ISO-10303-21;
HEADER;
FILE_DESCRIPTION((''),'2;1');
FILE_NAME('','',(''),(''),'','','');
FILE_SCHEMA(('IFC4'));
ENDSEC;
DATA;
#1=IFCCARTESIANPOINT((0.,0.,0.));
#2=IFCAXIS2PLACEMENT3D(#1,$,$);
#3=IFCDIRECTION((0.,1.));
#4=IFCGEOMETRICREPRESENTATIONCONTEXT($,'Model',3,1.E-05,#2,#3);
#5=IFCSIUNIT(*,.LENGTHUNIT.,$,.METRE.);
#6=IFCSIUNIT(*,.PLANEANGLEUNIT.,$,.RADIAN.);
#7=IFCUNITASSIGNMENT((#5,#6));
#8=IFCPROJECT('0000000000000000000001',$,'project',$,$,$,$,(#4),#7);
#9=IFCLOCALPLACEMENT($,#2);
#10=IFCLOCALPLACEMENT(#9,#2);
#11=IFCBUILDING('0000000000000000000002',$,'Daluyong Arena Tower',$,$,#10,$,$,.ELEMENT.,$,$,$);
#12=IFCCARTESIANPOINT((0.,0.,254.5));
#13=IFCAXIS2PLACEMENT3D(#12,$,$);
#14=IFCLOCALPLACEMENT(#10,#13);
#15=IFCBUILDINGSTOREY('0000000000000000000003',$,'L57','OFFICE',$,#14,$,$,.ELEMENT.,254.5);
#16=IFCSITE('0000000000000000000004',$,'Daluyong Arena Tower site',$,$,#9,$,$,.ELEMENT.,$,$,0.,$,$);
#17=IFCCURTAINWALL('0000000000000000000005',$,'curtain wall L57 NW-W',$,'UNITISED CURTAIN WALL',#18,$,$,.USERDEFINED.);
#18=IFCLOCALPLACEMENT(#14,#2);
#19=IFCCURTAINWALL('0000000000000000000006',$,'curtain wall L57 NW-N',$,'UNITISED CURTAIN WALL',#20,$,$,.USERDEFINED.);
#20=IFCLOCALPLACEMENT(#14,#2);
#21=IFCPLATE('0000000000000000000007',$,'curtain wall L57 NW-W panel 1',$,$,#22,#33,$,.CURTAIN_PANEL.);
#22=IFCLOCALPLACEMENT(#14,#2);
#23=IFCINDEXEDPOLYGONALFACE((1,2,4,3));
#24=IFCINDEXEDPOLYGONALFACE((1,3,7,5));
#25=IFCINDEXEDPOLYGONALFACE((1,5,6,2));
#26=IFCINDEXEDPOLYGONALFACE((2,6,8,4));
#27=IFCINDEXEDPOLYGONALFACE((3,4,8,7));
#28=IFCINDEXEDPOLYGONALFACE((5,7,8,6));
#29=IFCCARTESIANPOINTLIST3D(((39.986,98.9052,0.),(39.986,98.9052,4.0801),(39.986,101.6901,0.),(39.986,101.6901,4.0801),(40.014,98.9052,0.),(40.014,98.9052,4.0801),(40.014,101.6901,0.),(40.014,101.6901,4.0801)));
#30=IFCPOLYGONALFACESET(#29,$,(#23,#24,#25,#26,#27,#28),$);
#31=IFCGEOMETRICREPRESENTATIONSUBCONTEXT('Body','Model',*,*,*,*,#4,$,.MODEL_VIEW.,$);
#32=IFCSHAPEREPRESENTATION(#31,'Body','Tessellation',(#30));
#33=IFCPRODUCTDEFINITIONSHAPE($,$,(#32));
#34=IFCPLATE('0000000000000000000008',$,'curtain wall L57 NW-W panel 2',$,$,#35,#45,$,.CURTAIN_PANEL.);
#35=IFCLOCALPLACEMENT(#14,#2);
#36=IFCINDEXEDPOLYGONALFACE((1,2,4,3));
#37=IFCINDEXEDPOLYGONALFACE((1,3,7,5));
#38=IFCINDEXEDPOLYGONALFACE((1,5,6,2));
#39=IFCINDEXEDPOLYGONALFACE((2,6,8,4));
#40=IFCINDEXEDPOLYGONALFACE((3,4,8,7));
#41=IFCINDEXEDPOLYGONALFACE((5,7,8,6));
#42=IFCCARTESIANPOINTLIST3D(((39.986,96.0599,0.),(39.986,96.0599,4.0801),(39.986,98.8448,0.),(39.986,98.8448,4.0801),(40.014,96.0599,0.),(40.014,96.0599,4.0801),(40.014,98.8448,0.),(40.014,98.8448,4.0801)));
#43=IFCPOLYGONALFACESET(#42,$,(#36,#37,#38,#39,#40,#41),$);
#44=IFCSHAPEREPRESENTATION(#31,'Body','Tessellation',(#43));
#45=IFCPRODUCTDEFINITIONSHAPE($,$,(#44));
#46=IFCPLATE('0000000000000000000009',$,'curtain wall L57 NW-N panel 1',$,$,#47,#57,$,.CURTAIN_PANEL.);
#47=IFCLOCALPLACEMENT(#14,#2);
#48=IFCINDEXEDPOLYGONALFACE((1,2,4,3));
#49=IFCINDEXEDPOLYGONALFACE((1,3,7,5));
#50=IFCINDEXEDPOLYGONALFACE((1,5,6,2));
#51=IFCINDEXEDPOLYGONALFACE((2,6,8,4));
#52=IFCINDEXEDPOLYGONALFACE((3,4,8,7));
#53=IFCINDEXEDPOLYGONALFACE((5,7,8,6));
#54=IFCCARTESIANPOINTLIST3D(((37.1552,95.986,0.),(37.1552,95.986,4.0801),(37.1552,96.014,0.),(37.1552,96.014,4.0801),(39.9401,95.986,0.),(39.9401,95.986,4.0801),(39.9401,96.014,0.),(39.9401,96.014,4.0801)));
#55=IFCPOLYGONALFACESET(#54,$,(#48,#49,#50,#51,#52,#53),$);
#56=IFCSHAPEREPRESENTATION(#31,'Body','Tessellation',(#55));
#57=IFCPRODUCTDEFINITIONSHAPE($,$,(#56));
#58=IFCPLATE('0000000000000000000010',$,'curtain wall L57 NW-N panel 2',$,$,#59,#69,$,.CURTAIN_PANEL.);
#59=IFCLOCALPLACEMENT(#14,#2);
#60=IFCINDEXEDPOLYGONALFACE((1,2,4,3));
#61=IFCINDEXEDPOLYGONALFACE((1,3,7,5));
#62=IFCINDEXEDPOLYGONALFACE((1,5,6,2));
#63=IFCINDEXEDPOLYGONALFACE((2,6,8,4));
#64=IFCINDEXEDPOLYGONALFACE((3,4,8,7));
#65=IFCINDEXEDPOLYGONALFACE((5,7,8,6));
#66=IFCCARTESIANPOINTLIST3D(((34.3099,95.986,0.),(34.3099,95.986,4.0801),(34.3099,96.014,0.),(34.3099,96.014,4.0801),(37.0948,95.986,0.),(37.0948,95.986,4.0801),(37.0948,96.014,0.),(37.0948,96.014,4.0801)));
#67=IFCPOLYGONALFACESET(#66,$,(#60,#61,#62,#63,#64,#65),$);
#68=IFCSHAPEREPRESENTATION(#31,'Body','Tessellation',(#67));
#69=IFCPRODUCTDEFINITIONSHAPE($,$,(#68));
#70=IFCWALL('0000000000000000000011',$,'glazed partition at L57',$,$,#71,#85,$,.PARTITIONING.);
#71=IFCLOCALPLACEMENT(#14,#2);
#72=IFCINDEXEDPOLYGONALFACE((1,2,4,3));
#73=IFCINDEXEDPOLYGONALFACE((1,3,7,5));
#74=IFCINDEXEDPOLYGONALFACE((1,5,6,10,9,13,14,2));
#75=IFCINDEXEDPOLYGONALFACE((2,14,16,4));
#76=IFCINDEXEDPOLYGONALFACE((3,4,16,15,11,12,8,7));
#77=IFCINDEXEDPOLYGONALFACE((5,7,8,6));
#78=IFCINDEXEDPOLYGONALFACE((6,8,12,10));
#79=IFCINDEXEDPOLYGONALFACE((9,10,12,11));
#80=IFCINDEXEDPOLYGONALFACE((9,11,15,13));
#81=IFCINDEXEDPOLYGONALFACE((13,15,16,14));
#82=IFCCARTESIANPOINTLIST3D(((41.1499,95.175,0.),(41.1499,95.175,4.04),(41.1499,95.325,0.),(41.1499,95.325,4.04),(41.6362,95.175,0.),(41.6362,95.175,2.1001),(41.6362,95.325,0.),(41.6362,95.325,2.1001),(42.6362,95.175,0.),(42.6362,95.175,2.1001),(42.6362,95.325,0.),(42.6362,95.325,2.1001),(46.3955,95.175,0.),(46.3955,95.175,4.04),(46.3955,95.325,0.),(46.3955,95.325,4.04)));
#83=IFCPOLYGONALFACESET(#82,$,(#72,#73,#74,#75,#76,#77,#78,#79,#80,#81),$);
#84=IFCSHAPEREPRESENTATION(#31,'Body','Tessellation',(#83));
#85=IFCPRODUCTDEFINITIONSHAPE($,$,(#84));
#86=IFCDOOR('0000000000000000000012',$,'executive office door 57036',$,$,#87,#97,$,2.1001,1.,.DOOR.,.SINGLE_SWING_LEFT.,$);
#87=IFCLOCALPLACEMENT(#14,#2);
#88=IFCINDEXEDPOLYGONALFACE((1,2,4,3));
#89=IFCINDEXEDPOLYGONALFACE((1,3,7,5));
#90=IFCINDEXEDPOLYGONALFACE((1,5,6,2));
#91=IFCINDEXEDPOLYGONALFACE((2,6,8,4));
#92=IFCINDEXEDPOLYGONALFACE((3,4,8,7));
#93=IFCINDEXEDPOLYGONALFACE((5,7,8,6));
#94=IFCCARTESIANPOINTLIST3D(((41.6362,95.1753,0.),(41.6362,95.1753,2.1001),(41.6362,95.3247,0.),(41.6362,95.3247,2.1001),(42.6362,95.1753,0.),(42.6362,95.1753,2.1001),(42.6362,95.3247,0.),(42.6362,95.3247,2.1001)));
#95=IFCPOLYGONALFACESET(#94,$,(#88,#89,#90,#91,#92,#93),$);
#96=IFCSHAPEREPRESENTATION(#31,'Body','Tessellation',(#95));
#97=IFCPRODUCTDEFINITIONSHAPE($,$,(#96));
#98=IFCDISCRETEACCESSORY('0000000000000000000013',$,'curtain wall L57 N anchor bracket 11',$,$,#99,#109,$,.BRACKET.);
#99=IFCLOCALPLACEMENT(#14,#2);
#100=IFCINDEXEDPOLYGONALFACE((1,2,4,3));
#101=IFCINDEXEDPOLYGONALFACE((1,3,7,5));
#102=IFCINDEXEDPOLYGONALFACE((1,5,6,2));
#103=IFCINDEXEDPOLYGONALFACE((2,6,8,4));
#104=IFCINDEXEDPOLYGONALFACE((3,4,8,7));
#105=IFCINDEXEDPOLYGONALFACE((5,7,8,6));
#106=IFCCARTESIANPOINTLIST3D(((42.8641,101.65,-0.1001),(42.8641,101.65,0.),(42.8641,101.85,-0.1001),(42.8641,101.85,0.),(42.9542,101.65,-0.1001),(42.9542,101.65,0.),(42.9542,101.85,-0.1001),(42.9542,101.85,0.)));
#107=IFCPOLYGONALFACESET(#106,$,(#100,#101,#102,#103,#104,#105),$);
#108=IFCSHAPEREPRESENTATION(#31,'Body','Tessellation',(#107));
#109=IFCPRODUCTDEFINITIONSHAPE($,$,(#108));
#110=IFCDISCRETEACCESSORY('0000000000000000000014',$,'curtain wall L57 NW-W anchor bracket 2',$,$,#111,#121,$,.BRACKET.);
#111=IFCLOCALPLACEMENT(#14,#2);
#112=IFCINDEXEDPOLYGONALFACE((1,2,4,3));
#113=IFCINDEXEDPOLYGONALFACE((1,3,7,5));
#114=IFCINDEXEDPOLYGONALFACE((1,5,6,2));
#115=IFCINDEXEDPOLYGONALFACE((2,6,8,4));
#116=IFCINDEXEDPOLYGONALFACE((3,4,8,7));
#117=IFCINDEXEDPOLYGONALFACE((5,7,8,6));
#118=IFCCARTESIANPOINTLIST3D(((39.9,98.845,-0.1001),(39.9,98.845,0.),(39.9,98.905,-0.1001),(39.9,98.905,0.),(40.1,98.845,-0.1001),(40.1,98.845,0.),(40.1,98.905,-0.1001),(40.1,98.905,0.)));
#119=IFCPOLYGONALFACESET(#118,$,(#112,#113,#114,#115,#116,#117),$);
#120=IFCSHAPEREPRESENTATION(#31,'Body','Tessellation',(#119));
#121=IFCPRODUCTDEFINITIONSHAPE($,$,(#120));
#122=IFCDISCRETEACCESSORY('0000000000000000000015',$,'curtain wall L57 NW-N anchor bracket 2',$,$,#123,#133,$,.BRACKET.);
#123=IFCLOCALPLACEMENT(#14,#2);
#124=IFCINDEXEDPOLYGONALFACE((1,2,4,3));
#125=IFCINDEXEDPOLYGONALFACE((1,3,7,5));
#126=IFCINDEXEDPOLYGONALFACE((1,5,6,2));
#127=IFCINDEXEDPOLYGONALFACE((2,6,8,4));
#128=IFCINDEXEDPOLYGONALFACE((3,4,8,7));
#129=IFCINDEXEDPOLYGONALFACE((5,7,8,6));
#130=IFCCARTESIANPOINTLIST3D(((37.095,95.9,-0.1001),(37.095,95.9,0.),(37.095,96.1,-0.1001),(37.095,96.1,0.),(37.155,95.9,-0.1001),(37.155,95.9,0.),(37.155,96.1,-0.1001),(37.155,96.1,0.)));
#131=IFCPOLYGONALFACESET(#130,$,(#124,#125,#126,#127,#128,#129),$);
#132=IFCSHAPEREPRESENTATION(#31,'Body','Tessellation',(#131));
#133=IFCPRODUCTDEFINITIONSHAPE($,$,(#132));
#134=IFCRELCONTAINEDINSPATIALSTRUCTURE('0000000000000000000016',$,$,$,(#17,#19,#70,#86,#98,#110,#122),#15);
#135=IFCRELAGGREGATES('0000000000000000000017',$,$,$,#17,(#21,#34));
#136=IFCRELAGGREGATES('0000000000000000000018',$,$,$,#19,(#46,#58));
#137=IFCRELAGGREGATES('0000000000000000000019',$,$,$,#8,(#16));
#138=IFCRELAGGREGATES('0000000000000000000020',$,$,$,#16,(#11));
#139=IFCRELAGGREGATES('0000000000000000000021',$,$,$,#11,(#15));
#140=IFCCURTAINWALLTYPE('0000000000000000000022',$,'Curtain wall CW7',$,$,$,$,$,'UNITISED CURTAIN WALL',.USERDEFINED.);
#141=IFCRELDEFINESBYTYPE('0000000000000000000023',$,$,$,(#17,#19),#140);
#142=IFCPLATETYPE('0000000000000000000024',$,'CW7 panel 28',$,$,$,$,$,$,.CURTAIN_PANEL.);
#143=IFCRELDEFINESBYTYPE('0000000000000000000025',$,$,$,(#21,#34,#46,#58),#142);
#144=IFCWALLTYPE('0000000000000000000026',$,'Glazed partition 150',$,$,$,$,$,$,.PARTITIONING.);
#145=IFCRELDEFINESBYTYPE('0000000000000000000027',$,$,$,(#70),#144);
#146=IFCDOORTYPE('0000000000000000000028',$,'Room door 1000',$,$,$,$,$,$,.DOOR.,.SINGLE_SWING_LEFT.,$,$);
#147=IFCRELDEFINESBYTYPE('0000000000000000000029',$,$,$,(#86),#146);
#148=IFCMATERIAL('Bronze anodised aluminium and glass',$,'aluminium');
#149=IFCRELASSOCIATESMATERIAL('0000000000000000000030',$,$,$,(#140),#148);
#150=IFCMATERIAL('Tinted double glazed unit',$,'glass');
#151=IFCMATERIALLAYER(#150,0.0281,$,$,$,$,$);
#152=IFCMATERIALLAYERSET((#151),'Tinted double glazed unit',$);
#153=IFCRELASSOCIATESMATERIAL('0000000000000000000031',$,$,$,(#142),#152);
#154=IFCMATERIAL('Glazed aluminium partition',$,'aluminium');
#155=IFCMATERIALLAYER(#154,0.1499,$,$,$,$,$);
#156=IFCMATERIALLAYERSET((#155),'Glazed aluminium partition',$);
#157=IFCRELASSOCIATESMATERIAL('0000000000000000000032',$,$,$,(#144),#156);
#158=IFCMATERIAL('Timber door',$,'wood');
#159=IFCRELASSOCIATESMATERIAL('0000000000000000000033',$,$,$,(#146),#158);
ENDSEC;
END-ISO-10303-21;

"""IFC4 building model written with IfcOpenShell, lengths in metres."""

from ifc_helpers import new_model, si_unit, direction, frame, frame_2d, origin, origin_2d, place, context, subcontext, project, spatial, rectangle, extrude, material, layer, layer_set, type_object, element, fill, aggregate, save


model = new_model("IFC4")

# Units and contexts
model_context = context("Model", 3, precision=1e-05, world=origin(), true_north=direction((0.0, 1.0)))
body_context = subcontext(model_context, "Body", "Model", "MODEL_VIEW")
ifc_project = project(units=[si_unit("LENGTHUNIT", "METRE"), si_unit("PLANEANGLEUNIT", "RADIAN")], contexts=[model_context])

# Site, building, storey
site_placement = place(None, origin())
site = spatial("IfcSite", under=ifc_project, at=site_placement, Name="Daluyong Arena Tower site", CompositionType="ELEMENT", RefElevation=0.0)
building_placement = place(site_placement, origin())
building = spatial("IfcBuilding", under=site, at=building_placement, Name="Daluyong Arena Tower", CompositionType="ELEMENT")
storey_placement = place(building_placement, frame((0.0, 0.0, 254.5)))
storey = spatial("IfcBuildingStorey", under=building, at=storey_placement, Name="L57", Description="OFFICE", CompositionType="ELEMENT", Elevation=254.5)

# Curtain walls
ifc_material_1 = material(Name="Bronze anodised aluminium and glass", Category="aluminium")
curtain_wall_type_1 = type_object("IfcCurtainWallType", Name="Curtain wall CW7", ElementType="UNITISED CURTAIN WALL", PredefinedType="USERDEFINED", material=ifc_material_1)
curtain_wall_1_placement = place(storey_placement, origin())
curtain_wall_1 = element("IfcCurtainWall", 1, at=curtain_wall_1_placement, inside=storey, type_object=curtain_wall_type_1, Name="curtain wall L57 NW-W", ObjectType="UNITISED CURTAIN WALL", PredefinedType="USERDEFINED")
curtain_wall_2_placement = place(storey_placement, origin())
curtain_wall_2 = element("IfcCurtainWall", 2, at=curtain_wall_2_placement, inside=storey, type_object=curtain_wall_type_1, Name="curtain wall L57 NW-N", ObjectType="UNITISED CURTAIN WALL", PredefinedType="USERDEFINED")

# Plates
ifc_material_2 = material(Name="Tinted double glazed unit", Category="glass")
ifc_layer_1 = layer(ifc_material_2, 0.0281)
ifc_layer_set_1 = layer_set([ifc_layer_1], Name="Tinted double glazed unit")
plate_type_1 = type_object("IfcPlateType", Name="CW7 panel 28", PredefinedType="CURTAIN_PANEL", material=ifc_layer_set_1)
plate_1_placement = place(storey_placement, frame((40.0, 100.2976, 0.0), z_axis=(0.0, 0.0, 1.0), x_axis=(0.0, -1.0, 0.0)))
plate_1 = element("IfcPlate", 3, at=plate_1_placement, type_object=plate_type_1, Name="curtain wall L57 NW-W panel 1", PredefinedType="CURTAIN_PANEL", context=body_context, shape_type="SweptSolid", body=[
    extrude(rectangle(XDim=2.7849, YDim=0.0281, at=origin_2d()), origin(), (0.0, 0.0, 1.0), 4.0801),
])
plate_2_placement = place(storey_placement, frame((40.0, 97.4524, 0.0), z_axis=(0.0, 0.0, 1.0), x_axis=(0.0, -1.0, 0.0)))
plate_2 = element("IfcPlate", 4, at=plate_2_placement, type_object=plate_type_1, Name="curtain wall L57 NW-W panel 2", PredefinedType="CURTAIN_PANEL", context=body_context, shape_type="SweptSolid", body=[
    extrude(rectangle(XDim=2.7849, YDim=0.0281, at=origin_2d()), origin(), (0.0, 0.0, 1.0), 4.0801),
])
aggregate(curtain_wall_1, [plate_1, plate_2])
plate_3_placement = place(storey_placement, frame((38.5476, 96.0, 0.0), z_axis=(0.0, 0.0, 1.0), x_axis=(-1.0, 0.0, 0.0)))
plate_3 = element("IfcPlate", 5, at=plate_3_placement, type_object=plate_type_1, Name="curtain wall L57 NW-N panel 1", PredefinedType="CURTAIN_PANEL", context=body_context, shape_type="SweptSolid", body=[
    extrude(rectangle(XDim=2.7849, YDim=0.0281, at=origin_2d()), origin(), (0.0, 0.0, 1.0), 4.0801),
])
plate_4_placement = place(storey_placement, frame((35.7024, 96.0, 0.0), z_axis=(0.0, 0.0, 1.0), x_axis=(-1.0, 0.0, 0.0)))
plate_4 = element("IfcPlate", 6, at=plate_4_placement, type_object=plate_type_1, Name="curtain wall L57 NW-N panel 2", PredefinedType="CURTAIN_PANEL", context=body_context, shape_type="SweptSolid", body=[
    extrude(rectangle(XDim=2.7849, YDim=0.0281, at=origin_2d()), origin(), (0.0, 0.0, 1.0), 4.0801),
])
aggregate(curtain_wall_2, [plate_3, plate_4])

# Wall, opening, door
ifc_material_3 = material(Name="Glazed aluminium partition", Category="aluminium")
ifc_layer_2 = layer(ifc_material_3, 0.1499)
ifc_layer_set_2 = layer_set([ifc_layer_2], Name="Glazed aluminium partition")
wall_type = type_object("IfcWallType", Name="Glazed partition 150", PredefinedType="PARTITIONING", material=ifc_layer_set_2)
wall_placement = place(storey_placement, frame((41.1499, 95.25, 0.0), z_axis=(0.0, 0.0, 1.0), x_axis=(1.0, 0.0, 0.0)))
wall = element("IfcWall", 7, at=wall_placement, inside=storey, type_object=wall_type, Name="glazed partition at L57", PredefinedType="PARTITIONING", context=body_context, shape_type="SweptSolid", body=[
    extrude(rectangle(XDim=5.2456, YDim=0.1499, at=frame_2d((2.6228, 0.0))), origin(), (0.0, 0.0, 1.0), 4.04),
])
opening_placement = place(wall_placement, frame((0.4863, 0.0, 0.0)))
opening = element("IfcOpeningElement", 8, at=opening_placement, cuts=wall, PredefinedType="OPENING", context=body_context, shape_type="SweptSolid", body=[
    extrude(rectangle(XDim=1.0, YDim=2.1001, at=frame_2d((0.5, 1.05))), frame((0.0, 0.085, 0.0), z_axis=(0.0, -1.0, 0.0), x_axis=(1.0, 0.0, 0.0)), (0.0, 0.0, 1.0), 0.1699),
])
ifc_material_4 = material(Name="Timber door", Category="wood")
door_type = type_object("IfcDoorType", Name="Room door 1000", OperationType="SINGLE_SWING_LEFT", PredefinedType="DOOR", material=ifc_material_4)
door_placement = place(opening_placement, origin())
door = element("IfcDoor", 9, at=door_placement, inside=storey, type_object=door_type, Name="executive office door 57036", OperationType="SINGLE_SWING_LEFT", OverallHeight=2.1001, OverallWidth=1.0, PredefinedType="DOOR", context=body_context, shape_type="SweptSolid", body=[
    extrude(rectangle(XDim=1.0, YDim=2.1001, at=frame_2d((0.5, 1.05))), frame((0.0, 0.0747, 0.0), z_axis=(0.0, -1.0, 0.0), x_axis=(1.0, 0.0, 0.0)), (0.0, 0.0, 1.0), 0.1494),
])
fill(opening, door)

# Discrete accessories
discrete_accessory_placement = place(storey_placement, frame((42.9092, 101.75, -0.1001), z_axis=(0.0, 0.0, 1.0), x_axis=(-1.0, 0.0, 0.0)))
element("IfcDiscreteAccessory", 10, at=discrete_accessory_placement, inside=storey, Name="curtain wall L57 N anchor bracket 11", PredefinedType="BRACKET", context=body_context, shape_type="SweptSolid", body=[
    extrude(rectangle(XDim=0.0901, YDim=0.2, at=origin_2d()), origin(), (0.0, 0.0, 1.0), 0.1001),
])
for number, where, z_axis, x_axis, name in (
    (11, (40.0, 98.875, -0.1001), (0.0, 0.0, 1.0), (0.0, -1.0, 0.0), "curtain wall L57 NW-W anchor bracket 2"),
    (12, (37.125, 96.0, -0.1001), (0.0, 0.0, 1.0), (-1.0, 0.0, 0.0), "curtain wall L57 NW-N anchor bracket 2"),
):
    element("IfcDiscreteAccessory", number, at=place(storey_placement, frame(where, z_axis=z_axis, x_axis=x_axis)), inside=storey, Name=name, PredefinedType="BRACKET", context=body_context, shape_type="SweptSolid", body=[
        extrude(rectangle(XDim=0.0601, YDim=0.2, at=origin_2d()), origin(), (0.0, 0.0, 1.0), 0.1001),
    ])

save(model, "model.ifc")
